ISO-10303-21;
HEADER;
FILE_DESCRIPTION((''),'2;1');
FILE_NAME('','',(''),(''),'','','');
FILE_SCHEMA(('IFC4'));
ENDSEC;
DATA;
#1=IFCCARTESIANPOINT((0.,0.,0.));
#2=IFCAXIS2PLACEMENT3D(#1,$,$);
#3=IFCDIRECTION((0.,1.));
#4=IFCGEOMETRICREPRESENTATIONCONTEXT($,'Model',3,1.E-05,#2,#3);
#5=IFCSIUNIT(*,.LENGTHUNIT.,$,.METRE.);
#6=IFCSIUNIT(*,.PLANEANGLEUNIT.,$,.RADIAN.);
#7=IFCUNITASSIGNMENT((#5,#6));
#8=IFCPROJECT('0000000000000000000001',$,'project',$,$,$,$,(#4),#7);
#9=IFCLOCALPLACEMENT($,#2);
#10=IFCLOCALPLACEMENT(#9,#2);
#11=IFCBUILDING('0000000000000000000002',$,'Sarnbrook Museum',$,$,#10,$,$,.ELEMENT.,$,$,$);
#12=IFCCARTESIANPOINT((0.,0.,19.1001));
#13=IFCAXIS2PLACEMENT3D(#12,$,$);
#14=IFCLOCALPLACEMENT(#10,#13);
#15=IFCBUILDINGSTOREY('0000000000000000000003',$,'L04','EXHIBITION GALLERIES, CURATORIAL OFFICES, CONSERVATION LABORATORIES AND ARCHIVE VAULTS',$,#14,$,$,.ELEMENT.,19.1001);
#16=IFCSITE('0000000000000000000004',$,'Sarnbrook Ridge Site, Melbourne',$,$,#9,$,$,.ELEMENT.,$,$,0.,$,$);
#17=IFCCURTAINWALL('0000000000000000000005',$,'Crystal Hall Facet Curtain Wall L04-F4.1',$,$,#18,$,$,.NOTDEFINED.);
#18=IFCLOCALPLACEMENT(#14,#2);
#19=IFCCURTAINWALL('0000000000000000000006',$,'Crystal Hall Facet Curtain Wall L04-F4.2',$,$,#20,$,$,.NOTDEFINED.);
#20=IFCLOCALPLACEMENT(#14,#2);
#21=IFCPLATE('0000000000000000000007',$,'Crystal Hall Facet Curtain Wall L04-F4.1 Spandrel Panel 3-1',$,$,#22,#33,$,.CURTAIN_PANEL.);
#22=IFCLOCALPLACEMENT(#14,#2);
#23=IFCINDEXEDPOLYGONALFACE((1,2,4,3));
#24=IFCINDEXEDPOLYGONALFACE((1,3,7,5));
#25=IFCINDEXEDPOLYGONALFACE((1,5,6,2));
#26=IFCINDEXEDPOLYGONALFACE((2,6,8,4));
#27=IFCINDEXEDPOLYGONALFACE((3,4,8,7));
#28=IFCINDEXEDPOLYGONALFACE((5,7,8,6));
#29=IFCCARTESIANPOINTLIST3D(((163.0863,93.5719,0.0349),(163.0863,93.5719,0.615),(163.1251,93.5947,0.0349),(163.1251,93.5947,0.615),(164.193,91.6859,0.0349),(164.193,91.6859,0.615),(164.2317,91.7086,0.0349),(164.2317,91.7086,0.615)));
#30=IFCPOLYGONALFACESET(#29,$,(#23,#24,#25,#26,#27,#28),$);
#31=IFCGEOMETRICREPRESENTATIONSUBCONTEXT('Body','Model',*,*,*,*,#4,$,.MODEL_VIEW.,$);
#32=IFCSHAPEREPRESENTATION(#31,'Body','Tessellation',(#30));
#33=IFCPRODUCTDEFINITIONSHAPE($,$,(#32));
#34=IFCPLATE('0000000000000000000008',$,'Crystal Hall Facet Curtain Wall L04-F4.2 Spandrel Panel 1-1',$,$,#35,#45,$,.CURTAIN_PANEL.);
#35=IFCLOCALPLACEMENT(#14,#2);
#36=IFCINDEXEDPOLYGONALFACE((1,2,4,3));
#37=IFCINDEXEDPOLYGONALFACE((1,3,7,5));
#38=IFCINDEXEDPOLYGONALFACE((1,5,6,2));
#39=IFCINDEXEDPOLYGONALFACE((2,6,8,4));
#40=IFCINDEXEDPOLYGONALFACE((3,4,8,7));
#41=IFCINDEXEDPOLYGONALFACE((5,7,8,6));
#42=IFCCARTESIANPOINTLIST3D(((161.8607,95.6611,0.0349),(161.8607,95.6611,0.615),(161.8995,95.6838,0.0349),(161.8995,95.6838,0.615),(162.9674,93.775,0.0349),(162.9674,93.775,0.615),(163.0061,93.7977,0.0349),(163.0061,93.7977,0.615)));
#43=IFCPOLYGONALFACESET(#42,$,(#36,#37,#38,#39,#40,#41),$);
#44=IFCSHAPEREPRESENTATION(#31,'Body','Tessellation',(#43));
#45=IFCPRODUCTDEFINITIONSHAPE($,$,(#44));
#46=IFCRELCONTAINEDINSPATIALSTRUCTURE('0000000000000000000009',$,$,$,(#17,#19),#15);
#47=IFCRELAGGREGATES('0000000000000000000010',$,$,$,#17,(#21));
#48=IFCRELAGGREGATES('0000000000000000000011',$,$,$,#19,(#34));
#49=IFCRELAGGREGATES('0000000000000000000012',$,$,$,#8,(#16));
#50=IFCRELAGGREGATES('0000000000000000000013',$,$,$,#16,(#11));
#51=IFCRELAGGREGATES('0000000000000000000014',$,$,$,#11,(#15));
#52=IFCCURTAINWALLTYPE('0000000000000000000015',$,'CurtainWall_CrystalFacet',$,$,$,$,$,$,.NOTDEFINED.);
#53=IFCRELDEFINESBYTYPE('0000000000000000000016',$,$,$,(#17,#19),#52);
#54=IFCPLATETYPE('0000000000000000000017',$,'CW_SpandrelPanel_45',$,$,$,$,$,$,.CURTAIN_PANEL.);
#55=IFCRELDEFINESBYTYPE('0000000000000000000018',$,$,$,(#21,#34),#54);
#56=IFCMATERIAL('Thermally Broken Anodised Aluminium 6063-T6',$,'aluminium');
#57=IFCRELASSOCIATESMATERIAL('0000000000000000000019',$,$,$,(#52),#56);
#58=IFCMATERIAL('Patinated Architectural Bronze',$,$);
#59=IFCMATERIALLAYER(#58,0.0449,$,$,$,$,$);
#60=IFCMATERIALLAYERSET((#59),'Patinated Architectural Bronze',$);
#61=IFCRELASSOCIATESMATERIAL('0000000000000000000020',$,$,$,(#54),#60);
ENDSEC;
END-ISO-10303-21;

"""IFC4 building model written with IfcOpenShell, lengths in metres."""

from ifc_helpers import new_model, si_unit, direction, frame, origin, origin_2d, place, context, subcontext, project, spatial, rectangle, extrude, material, layer, layer_set, type_object, element, aggregate, save


model = new_model("IFC4")

# Units and contexts
model_context = context("Model", 3, precision=1e-05, world=origin(), true_north=direction((0.0, 1.0)))
body_context = subcontext(model_context, "Body", "Model", "MODEL_VIEW")
ifc_project = project(units=[si_unit("LENGTHUNIT", "METRE"), si_unit("PLANEANGLEUNIT", "RADIAN")], contexts=[model_context])

# Site, building, storey
site_placement = place(None, origin())
site = spatial("IfcSite", under=ifc_project, at=site_placement, Name="Sarnbrook Ridge Site, Melbourne", CompositionType="ELEMENT", RefElevation=0.0)
building_placement = place(site_placement, origin())
building = spatial("IfcBuilding", under=site, at=building_placement, Name="Sarnbrook Museum", CompositionType="ELEMENT")
storey_placement = place(building_placement, frame((0.0, 0.0, 19.1001)))
storey = spatial("IfcBuildingStorey", under=building, at=storey_placement, Name="L04", Description="EXHIBITION GALLERIES, CURATORIAL OFFICES, CONSERVATION LABORATORIES AND ARCHIVE VAULTS", CompositionType="ELEMENT", Elevation=19.1001)

# Shared definitions
ifc_material_1 = material(Name="Thermally Broken Anodised Aluminium 6063-T6", Category="aluminium")
curtain_wall_type = type_object("IfcCurtainWallType", Name="CurtainWall_CrystalFacet", PredefinedType="NOTDEFINED", material=ifc_material_1)

# Curtain wall
curtain_wall_1_placement = place(storey_placement, origin())
curtain_wall_1 = element("IfcCurtainWall", 1, at=curtain_wall_1_placement, inside=storey, type_object=curtain_wall_type, Name="Crystal Hall Facet Curtain Wall L04-F4.1", PredefinedType="NOTDEFINED")

# Curtain wall
curtain_wall_2_placement = place(storey_placement, origin())
curtain_wall_2 = element("IfcCurtainWall", 2, at=curtain_wall_2_placement, inside=storey, type_object=curtain_wall_type, Name="Crystal Hall Facet Curtain Wall L04-F4.2", PredefinedType="NOTDEFINED")

# Plates
ifc_material_2 = material(Name="Patinated Architectural Bronze")
ifc_layer_1 = layer(ifc_material_2, 0.0449)
ifc_layer_set_1 = layer_set([ifc_layer_1], Name="Patinated Architectural Bronze")
plate_type_1 = type_object("IfcPlateType", Name="CW_SpandrelPanel_45", PredefinedType="CURTAIN_PANEL", material=ifc_layer_set_1)
plate_1_placement = place(storey_placement, frame((163.6396, 92.6289, 0.325), z_axis=(0.862499, 0.506058, 0.0), x_axis=(-0.506058, 0.862499, 0.0)))
plate_1 = element("IfcPlate", 3, at=plate_1_placement, type_object=plate_type_1, Name="Crystal Hall Facet Curtain Wall L04-F4.1 Spandrel Panel 3-1", PredefinedType="CURTAIN_PANEL", context=body_context, shape_type="SweptSolid", body=[
    extrude(rectangle(XDim=2.1868, YDim=0.5801, at=origin_2d()), origin(), (0.0, 0.0, 1.0), 0.0449),
])
aggregate(curtain_wall_1, [plate_1])
plate_2_placement = place(storey_placement, frame((162.4141, 94.718, 0.325), z_axis=(0.862499, 0.506058, 0.0), x_axis=(-0.506058, 0.862499, 0.0)))
plate_2 = element("IfcPlate", 4, at=plate_2_placement, type_object=plate_type_1, Name="Crystal Hall Facet Curtain Wall L04-F4.2 Spandrel Panel 1-1", PredefinedType="CURTAIN_PANEL", context=body_context, shape_type="SweptSolid", body=[
    extrude(rectangle(XDim=2.1868, YDim=0.5801, at=origin_2d()), origin(), (0.0, 0.0, 1.0), 0.0449),
])
aggregate(curtain_wall_2, [plate_2])

save(model, "model.ifc")
